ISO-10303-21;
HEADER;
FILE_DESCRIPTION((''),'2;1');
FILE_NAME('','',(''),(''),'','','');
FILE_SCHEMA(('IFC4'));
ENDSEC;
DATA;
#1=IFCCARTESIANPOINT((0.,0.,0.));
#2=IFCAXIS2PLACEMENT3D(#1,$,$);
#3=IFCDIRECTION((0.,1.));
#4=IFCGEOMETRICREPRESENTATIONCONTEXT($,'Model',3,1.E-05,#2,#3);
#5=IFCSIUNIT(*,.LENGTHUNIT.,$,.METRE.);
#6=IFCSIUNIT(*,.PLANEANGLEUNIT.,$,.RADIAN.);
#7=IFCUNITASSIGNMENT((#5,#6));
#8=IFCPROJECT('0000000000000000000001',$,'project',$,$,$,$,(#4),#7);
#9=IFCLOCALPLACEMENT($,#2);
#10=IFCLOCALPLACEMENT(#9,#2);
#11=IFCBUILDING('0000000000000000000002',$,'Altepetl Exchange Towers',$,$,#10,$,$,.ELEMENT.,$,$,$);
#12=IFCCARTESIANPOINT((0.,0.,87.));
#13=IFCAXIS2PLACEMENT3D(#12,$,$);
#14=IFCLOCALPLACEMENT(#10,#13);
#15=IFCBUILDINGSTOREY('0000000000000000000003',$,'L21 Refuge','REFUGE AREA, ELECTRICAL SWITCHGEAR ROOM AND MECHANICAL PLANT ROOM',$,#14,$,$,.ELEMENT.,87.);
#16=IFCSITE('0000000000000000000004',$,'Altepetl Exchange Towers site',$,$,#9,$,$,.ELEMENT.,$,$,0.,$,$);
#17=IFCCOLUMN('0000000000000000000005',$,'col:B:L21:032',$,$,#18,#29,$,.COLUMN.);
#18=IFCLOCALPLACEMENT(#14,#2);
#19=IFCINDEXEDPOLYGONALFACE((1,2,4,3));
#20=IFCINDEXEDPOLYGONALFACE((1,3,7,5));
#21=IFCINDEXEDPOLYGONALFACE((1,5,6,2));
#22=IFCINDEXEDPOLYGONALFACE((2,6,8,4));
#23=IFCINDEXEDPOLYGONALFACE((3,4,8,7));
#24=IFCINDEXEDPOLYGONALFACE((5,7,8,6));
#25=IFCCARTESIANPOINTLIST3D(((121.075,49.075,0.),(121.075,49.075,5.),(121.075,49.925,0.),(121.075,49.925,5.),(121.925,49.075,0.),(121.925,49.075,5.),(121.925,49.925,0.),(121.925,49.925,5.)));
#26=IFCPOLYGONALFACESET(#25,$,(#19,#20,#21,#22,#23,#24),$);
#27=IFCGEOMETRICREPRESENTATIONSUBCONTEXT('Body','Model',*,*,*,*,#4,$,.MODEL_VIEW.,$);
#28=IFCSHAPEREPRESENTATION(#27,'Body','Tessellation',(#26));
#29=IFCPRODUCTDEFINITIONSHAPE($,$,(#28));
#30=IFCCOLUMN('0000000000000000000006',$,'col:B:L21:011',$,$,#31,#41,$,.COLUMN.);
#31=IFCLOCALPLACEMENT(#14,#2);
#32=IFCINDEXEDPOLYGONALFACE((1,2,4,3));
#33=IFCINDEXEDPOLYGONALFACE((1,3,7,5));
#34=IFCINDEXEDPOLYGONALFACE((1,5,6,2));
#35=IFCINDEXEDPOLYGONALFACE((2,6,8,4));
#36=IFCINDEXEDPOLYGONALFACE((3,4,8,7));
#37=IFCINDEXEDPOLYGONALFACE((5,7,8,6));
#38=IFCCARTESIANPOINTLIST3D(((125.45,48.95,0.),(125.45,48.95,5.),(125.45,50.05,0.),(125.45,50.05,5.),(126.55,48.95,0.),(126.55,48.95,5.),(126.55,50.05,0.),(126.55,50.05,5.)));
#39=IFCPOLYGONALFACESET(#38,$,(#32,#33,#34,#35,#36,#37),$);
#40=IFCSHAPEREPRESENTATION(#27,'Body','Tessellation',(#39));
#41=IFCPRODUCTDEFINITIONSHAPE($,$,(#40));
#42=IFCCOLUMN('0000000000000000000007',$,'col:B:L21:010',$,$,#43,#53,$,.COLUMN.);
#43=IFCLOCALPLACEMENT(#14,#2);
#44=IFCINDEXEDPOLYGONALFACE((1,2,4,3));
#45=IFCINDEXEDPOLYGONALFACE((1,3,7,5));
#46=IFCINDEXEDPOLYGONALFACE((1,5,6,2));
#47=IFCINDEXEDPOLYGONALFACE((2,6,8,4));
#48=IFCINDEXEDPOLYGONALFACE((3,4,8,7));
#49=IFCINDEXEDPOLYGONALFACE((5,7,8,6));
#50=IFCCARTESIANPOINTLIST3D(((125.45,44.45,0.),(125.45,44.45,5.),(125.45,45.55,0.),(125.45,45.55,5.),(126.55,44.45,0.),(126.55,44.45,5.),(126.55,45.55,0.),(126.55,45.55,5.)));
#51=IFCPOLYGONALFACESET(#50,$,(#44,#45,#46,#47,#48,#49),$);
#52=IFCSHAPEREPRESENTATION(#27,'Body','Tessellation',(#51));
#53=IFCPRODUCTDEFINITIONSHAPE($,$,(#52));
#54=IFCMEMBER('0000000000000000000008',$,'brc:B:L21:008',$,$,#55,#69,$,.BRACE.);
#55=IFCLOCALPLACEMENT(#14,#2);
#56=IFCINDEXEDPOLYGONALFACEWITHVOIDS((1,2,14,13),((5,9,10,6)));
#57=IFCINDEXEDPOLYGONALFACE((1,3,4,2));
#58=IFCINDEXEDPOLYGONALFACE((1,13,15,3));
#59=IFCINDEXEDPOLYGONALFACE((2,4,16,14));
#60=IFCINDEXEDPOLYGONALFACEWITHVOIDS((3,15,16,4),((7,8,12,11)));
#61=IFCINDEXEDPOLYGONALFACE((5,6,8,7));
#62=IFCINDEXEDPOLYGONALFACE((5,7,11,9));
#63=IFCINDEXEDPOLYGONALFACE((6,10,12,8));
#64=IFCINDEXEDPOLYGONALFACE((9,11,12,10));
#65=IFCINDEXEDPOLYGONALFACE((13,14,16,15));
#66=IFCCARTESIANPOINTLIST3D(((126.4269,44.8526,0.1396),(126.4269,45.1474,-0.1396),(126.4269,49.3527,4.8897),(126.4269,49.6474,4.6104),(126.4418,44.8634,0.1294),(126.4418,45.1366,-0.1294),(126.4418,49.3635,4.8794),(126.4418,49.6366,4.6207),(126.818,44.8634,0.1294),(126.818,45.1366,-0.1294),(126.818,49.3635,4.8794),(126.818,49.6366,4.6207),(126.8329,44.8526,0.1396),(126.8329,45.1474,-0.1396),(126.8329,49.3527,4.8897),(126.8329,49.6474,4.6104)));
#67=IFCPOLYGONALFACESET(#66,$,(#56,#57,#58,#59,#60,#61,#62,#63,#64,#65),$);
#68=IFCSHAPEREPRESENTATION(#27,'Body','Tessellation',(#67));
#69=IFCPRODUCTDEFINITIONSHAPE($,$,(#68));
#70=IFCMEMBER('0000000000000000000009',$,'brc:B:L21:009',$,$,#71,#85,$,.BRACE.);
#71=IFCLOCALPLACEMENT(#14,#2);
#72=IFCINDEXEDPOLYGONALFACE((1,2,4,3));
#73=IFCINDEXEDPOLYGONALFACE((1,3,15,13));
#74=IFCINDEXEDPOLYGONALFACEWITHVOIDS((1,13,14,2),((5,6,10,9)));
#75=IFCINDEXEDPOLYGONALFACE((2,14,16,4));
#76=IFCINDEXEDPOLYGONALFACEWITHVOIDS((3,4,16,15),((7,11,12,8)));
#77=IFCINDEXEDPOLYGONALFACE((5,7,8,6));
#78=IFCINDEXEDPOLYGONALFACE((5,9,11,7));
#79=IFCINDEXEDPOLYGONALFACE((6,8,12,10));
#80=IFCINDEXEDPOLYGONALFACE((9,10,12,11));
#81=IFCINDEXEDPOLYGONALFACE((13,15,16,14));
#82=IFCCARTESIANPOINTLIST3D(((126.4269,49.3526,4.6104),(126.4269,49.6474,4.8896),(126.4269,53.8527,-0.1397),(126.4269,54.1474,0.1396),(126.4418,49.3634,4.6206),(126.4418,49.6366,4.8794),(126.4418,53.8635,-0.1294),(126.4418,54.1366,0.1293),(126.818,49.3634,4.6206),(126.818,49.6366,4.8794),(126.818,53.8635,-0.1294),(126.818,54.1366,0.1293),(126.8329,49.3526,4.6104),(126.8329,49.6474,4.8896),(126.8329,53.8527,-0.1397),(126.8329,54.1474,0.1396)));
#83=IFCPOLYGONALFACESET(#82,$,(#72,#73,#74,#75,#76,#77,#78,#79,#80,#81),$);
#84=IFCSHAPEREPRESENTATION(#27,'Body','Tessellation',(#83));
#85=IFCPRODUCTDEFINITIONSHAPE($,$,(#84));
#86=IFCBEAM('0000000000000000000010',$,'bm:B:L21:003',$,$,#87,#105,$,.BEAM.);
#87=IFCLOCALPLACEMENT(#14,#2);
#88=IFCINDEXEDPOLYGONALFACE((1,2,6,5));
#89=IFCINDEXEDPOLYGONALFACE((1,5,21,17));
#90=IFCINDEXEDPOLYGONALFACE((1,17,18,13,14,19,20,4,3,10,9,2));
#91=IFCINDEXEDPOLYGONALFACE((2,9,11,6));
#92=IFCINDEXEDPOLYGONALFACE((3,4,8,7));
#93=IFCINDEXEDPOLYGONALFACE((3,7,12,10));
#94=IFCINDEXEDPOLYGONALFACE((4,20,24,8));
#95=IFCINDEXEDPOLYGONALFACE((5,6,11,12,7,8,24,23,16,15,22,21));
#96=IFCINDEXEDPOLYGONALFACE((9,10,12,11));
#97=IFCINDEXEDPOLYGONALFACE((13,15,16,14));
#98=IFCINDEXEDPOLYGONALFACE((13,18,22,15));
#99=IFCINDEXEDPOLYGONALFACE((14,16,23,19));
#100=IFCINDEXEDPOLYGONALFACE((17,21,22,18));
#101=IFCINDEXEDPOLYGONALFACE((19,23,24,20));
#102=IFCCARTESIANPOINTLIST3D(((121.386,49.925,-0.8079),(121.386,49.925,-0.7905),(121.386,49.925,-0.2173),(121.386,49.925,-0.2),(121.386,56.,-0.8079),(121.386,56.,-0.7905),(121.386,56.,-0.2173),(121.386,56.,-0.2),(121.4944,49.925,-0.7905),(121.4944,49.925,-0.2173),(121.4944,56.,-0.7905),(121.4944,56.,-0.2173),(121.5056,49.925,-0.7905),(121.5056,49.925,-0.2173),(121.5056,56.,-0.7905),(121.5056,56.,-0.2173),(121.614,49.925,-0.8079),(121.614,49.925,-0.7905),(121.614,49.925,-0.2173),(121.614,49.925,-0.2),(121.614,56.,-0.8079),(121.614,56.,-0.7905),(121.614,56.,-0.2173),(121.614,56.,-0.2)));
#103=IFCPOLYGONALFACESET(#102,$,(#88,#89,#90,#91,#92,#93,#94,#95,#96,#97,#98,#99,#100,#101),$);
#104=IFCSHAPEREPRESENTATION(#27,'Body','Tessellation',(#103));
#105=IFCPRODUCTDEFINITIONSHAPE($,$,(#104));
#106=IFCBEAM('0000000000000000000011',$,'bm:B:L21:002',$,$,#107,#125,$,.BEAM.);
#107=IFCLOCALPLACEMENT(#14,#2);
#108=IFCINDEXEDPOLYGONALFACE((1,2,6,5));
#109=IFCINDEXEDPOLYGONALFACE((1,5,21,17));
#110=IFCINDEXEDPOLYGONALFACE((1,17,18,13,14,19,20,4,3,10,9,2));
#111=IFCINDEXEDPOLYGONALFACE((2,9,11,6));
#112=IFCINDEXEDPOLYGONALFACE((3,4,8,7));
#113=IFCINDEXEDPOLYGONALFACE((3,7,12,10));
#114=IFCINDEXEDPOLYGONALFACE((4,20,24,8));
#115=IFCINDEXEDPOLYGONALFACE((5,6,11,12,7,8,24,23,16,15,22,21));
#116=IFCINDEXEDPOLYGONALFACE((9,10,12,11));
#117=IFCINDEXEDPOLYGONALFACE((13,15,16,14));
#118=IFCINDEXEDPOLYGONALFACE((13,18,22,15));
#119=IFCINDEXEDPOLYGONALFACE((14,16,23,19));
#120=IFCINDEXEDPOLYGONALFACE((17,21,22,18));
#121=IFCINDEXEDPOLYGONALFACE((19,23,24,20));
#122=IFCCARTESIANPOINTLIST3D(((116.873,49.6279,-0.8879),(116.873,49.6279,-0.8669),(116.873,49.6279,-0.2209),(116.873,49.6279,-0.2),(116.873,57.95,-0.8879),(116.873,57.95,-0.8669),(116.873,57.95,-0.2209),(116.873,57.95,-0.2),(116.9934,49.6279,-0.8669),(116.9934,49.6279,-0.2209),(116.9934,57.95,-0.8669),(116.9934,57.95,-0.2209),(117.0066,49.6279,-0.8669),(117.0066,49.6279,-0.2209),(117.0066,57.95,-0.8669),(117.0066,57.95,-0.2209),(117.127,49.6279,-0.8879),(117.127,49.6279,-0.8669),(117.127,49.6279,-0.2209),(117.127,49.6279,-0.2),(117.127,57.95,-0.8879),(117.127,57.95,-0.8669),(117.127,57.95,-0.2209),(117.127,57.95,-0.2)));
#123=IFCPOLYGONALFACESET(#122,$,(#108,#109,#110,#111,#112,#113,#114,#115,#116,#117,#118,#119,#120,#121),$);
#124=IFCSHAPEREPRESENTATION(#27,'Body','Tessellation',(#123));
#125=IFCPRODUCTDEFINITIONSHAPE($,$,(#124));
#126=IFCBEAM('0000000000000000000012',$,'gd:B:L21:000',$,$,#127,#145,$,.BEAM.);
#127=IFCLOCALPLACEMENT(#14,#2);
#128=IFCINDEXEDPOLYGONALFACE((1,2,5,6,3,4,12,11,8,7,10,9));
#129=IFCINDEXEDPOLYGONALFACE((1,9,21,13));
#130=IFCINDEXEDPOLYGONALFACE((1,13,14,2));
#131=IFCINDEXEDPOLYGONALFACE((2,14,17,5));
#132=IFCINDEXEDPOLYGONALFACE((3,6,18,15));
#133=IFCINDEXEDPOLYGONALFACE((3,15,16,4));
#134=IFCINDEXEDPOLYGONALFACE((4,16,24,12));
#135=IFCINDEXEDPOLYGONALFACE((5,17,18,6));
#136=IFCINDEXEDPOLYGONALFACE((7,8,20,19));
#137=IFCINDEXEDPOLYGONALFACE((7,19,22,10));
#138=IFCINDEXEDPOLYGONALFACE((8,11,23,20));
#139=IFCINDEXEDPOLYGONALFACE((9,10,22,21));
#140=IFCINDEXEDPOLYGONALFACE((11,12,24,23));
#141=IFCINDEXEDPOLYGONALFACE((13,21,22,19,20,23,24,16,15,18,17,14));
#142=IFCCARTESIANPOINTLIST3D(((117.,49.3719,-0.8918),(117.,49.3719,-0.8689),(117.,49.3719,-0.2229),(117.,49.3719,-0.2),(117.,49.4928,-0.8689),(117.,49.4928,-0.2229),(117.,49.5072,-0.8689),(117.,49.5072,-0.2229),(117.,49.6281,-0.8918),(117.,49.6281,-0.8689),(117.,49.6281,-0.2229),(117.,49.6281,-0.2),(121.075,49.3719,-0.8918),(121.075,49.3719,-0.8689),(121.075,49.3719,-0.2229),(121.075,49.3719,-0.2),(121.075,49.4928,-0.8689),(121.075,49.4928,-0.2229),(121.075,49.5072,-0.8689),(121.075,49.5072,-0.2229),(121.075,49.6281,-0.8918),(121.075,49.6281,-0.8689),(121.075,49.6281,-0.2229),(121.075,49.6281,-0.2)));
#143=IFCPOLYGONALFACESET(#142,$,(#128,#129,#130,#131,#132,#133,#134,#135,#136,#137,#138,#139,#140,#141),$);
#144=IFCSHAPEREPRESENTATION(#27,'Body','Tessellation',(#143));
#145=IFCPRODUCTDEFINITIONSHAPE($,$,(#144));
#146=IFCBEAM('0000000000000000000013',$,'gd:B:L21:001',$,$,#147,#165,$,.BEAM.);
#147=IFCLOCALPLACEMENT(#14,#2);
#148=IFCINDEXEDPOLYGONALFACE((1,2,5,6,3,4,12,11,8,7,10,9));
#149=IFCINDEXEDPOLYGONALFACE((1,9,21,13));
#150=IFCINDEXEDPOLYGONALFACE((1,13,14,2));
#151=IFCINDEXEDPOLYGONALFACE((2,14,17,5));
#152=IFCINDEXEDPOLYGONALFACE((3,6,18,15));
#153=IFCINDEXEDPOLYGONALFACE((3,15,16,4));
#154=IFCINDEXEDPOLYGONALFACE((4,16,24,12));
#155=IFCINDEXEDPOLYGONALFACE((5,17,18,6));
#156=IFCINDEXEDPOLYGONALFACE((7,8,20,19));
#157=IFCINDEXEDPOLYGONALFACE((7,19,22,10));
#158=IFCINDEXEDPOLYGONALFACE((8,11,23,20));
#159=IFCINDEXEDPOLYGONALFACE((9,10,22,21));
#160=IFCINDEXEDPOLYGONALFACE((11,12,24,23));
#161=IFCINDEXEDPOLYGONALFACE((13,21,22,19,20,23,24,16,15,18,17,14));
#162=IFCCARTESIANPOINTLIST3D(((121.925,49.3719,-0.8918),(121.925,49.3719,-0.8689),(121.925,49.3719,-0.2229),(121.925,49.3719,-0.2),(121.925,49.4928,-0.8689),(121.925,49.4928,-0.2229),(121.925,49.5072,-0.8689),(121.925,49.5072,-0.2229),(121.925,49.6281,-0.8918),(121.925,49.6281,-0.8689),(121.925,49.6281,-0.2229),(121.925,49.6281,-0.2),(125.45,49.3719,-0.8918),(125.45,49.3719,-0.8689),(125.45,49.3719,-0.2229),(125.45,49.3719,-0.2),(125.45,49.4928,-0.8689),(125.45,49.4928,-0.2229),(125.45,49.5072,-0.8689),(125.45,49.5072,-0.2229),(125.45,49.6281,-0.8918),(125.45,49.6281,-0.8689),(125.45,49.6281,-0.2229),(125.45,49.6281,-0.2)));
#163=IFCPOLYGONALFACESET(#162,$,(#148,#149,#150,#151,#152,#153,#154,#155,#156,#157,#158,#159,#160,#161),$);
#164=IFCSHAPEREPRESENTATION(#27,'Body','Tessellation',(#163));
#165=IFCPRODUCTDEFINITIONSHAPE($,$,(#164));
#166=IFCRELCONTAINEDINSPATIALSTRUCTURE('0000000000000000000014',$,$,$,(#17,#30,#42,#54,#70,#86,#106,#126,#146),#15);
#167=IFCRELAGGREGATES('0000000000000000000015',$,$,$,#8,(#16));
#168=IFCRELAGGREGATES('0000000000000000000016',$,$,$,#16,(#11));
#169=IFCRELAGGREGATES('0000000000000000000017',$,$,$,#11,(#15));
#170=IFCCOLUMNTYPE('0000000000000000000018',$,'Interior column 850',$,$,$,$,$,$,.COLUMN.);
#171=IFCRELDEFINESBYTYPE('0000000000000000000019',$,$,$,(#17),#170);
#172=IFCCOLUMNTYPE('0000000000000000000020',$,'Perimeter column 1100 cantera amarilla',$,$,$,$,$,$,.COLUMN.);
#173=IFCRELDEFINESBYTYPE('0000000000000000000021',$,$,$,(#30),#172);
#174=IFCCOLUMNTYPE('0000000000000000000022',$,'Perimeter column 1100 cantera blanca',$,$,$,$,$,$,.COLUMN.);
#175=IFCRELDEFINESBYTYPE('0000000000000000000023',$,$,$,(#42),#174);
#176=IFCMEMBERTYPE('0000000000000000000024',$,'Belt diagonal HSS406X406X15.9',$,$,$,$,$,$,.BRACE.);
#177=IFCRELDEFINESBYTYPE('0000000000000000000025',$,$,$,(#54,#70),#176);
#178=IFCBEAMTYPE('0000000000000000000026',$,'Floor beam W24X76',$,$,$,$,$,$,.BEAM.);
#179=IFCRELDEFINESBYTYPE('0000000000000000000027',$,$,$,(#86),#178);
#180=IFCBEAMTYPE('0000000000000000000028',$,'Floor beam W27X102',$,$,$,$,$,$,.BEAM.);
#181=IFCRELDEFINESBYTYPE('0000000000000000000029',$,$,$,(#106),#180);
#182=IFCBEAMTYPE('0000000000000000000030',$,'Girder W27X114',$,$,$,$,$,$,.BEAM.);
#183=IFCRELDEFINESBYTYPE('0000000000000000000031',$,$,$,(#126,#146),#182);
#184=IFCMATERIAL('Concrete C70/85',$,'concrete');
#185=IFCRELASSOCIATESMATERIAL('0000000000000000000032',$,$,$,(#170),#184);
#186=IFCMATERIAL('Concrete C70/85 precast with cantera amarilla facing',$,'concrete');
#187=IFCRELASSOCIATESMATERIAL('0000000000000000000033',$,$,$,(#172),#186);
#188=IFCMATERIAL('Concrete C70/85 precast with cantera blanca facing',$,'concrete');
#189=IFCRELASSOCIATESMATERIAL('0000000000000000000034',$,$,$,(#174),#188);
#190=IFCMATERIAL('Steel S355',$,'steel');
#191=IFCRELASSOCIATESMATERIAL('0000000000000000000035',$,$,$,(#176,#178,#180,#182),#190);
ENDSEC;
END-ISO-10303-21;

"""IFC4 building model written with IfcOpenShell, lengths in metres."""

from ifc_helpers import new_model, si_unit, direction, frame, origin, origin_2d, place, context, subcontext, project, spatial, rectangle, hollow_rectangle, i_section, extrude, material, material_profile, profile_set, type_object, element, save


model = new_model("IFC4")

# Units and contexts
model_context = context("Model", 3, precision=1e-05, world=origin(), true_north=direction((0.0, 1.0)))
body_context = subcontext(model_context, "Body", "Model", "MODEL_VIEW")
ifc_project = project(units=[si_unit("LENGTHUNIT", "METRE"), si_unit("PLANEANGLEUNIT", "RADIAN")], contexts=[model_context])

# Site, building, storey
site_placement = place(None, origin())
site = spatial("IfcSite", under=ifc_project, at=site_placement, Name="Altepetl Exchange Towers site", CompositionType="ELEMENT", RefElevation=0.0)
building_placement = place(site_placement, origin())
building = spatial("IfcBuilding", under=site, at=building_placement, Name="Altepetl Exchange Towers", CompositionType="ELEMENT")
storey_placement = place(building_placement, frame((0.0, 0.0, 87.0)))
storey = spatial("IfcBuildingStorey", under=building, at=storey_placement, Name="L21 Refuge", Description="REFUGE AREA, ELECTRICAL SWITCHGEAR ROOM AND MECHANICAL PLANT ROOM", CompositionType="ELEMENT", Elevation=87.0)

# Columns
ifc_material_1 = material(Name="Concrete C70/85", Category="concrete")
ifc_material_profile_1 = material_profile(ifc_material_1, rectangle(XDim=0.8501, YDim=0.8501, at=origin_2d()), Name="850 x 850")
ifc_profile_set_1 = profile_set([ifc_material_profile_1], Name="Concrete C70/85")
column_type_1 = type_object("IfcColumnType", Name="Interior column 850", PredefinedType="COLUMN", material=ifc_profile_set_1)
column_1_placement = place(storey_placement, frame((121.5, 49.5, 0.0)))
element("IfcColumn", 1, at=column_1_placement, inside=storey, type_object=column_type_1, Name="col:B:L21:032", PredefinedType="COLUMN", context=body_context, shape_type="SweptSolid", body=[
    extrude(rectangle(XDim=0.8501, YDim=0.8501, at=origin_2d()), origin(), (0.0, 0.0, 1.0), 5.0),
])
ifc_material_2 = material(Name="Concrete C70/85 precast with cantera amarilla facing", Category="concrete")
ifc_material_profile_2 = material_profile(ifc_material_2, rectangle(XDim=1.1001, YDim=1.1001, at=origin_2d()), Name="1100 x 1100")
ifc_profile_set_2 = profile_set([ifc_material_profile_2], Name="Concrete C70/85 precast with cantera amarilla facing")
column_type_2 = type_object("IfcColumnType", Name="Perimeter column 1100 cantera amarilla", PredefinedType="COLUMN", material=ifc_profile_set_2)
column_2_placement = place(storey_placement, frame((126.0, 49.5, 0.0)))
element("IfcColumn", 2, at=column_2_placement, inside=storey, type_object=column_type_2, Name="col:B:L21:011", PredefinedType="COLUMN", context=body_context, shape_type="SweptSolid", body=[
    extrude(rectangle(XDim=1.1001, YDim=1.1001, at=origin_2d()), origin(), (0.0, 0.0, 1.0), 5.0),
])
ifc_material_3 = material(Name="Concrete C70/85 precast with cantera blanca facing", Category="concrete")
ifc_material_profile_3 = material_profile(ifc_material_3, rectangle(XDim=1.1001, YDim=1.1001, at=origin_2d()), Name="1100 x 1100")
ifc_profile_set_3 = profile_set([ifc_material_profile_3], Name="Concrete C70/85 precast with cantera blanca facing")
column_type_3 = type_object("IfcColumnType", Name="Perimeter column 1100 cantera blanca", PredefinedType="COLUMN", material=ifc_profile_set_3)
column_3_placement = place(storey_placement, frame((126.0, 45.0, 0.0)))
element("IfcColumn", 3, at=column_3_placement, inside=storey, type_object=column_type_3, Name="col:B:L21:010", PredefinedType="COLUMN", context=body_context, shape_type="SweptSolid", body=[
    extrude(rectangle(XDim=1.1001, YDim=1.1001, at=origin_2d()), origin(), (0.0, 0.0, 1.0), 5.0),
])

# Members
ifc_material_4 = material(Name="Steel S355", Category="steel")
ifc_material_profile_4 = material_profile(ifc_material_4, hollow_rectangle(XDim=0.406, YDim=0.406, WallThickness=0.0149, at=origin_2d()), Name="HSS406X406X15.9")
ifc_profile_set_4 = profile_set([ifc_material_profile_4], Name="Steel S355")
member_type_1 = type_object("IfcMemberType", Name="Belt diagonal HSS406X406X15.9", PredefinedType="BRACE", material=ifc_profile_set_4)
for number, where, z_axis, x_axis, name in (
    (4, (126.6299, 45.0, 0.0), (0.0, 0.687745, 0.725953), (-1.0, 0.0, 0.0), "brc:B:L21:008"),
    (5, (126.6299, 49.5, 4.75), (0.0, 0.687745, -0.725953), (-1.0, 0.0, 0.0), "brc:B:L21:009"),
):
    element("IfcMember", number, at=place(storey_placement, frame(where, z_axis=z_axis, x_axis=x_axis)), inside=storey, type_object=member_type_1, Name=name, PredefinedType="BRACE", context=body_context, shape_type="SweptSolid", body=[
        extrude(hollow_rectangle(XDim=0.406, YDim=0.406, WallThickness=0.0149, at=origin_2d()), origin(), (0.0, 0.0, 1.0), 6.5432),
    ])

# Beams
ifc_material_profile_5 = material_profile(ifc_material_4, i_section(OverallWidth=0.228, OverallDepth=0.6079, WebThickness=0.0112, FlangeThickness=0.0173, at=origin_2d()), Name="W24X76")
ifc_profile_set_5 = profile_set([ifc_material_profile_5], Name="Steel S355")
beam_type_1 = type_object("IfcBeamType", Name="Floor beam W24X76", PredefinedType="BEAM", material=ifc_profile_set_5)
beam_1_placement = place(storey_placement, frame((121.5, 49.925, -0.5039), z_axis=(0.0, 1.0, 0.0), x_axis=(-1.0, 0.0, 0.0)))
element("IfcBeam", 6, at=beam_1_placement, inside=storey, type_object=beam_type_1, Name="bm:B:L21:003", PredefinedType="BEAM", context=body_context, shape_type="SweptSolid", body=[
    extrude(i_section(OverallWidth=0.228, OverallDepth=0.6079, WebThickness=0.0112, FlangeThickness=0.0173, at=origin_2d()), origin(), (0.0, 0.0, 1.0), 6.075),
])
ifc_material_profile_6 = material_profile(ifc_material_4, i_section(OverallWidth=0.2539, OverallDepth=0.688, WebThickness=0.0132, FlangeThickness=0.021, at=origin_2d()), Name="W27X102")
ifc_profile_set_6 = profile_set([ifc_material_profile_6], Name="Steel S355")
beam_type_2 = type_object("IfcBeamType", Name="Floor beam W27X102", PredefinedType="BEAM", material=ifc_profile_set_6)
beam_2_placement = place(storey_placement, frame((117.0, 49.6279, -0.5439), z_axis=(0.0, 1.0, 0.0), x_axis=(-1.0, 0.0, 0.0)))
element("IfcBeam", 7, at=beam_2_placement, inside=storey, type_object=beam_type_2, Name="bm:B:L21:002", PredefinedType="BEAM", context=body_context, shape_type="SweptSolid", body=[
    extrude(i_section(OverallWidth=0.2539, OverallDepth=0.688, WebThickness=0.0132, FlangeThickness=0.021, at=origin_2d()), origin(), (0.0, 0.0, 1.0), 8.322),
])
ifc_material_profile_7 = material_profile(ifc_material_4, i_section(OverallWidth=0.2561, OverallDepth=0.6919, WebThickness=0.0144, FlangeThickness=0.0229, at=origin_2d()), Name="W27X114")
ifc_profile_set_7 = profile_set([ifc_material_profile_7], Name="Steel S355")
beam_type_3 = type_object("IfcBeamType", Name="Girder W27X114", PredefinedType="BEAM", material=ifc_profile_set_7)
beam_3_placement = place(storey_placement, frame((117.0, 49.5, -0.5459), z_axis=(1.0, 0.0, 0.0), x_axis=(0.0, 1.0, 0.0)))
element("IfcBeam", 8, at=beam_3_placement, inside=storey, type_object=beam_type_3, Name="gd:B:L21:000", PredefinedType="BEAM", context=body_context, shape_type="SweptSolid", body=[
    extrude(i_section(OverallWidth=0.2561, OverallDepth=0.6919, WebThickness=0.0144, FlangeThickness=0.0229, at=origin_2d()), origin(), (0.0, 0.0, 1.0), 4.075),
])
beam_4_placement = place(storey_placement, frame((121.925, 49.5, -0.5459), z_axis=(1.0, 0.0, 0.0), x_axis=(0.0, 1.0, 0.0)))
element("IfcBeam", 9, at=beam_4_placement, inside=storey, type_object=beam_type_3, Name="gd:B:L21:001", PredefinedType="BEAM", context=body_context, shape_type="SweptSolid", body=[
    extrude(i_section(OverallWidth=0.2561, OverallDepth=0.6919, WebThickness=0.0144, FlangeThickness=0.0229, at=origin_2d()), origin(), (0.0, 0.0, 1.0), 3.5249),
])

save(model, "model.ifc")
